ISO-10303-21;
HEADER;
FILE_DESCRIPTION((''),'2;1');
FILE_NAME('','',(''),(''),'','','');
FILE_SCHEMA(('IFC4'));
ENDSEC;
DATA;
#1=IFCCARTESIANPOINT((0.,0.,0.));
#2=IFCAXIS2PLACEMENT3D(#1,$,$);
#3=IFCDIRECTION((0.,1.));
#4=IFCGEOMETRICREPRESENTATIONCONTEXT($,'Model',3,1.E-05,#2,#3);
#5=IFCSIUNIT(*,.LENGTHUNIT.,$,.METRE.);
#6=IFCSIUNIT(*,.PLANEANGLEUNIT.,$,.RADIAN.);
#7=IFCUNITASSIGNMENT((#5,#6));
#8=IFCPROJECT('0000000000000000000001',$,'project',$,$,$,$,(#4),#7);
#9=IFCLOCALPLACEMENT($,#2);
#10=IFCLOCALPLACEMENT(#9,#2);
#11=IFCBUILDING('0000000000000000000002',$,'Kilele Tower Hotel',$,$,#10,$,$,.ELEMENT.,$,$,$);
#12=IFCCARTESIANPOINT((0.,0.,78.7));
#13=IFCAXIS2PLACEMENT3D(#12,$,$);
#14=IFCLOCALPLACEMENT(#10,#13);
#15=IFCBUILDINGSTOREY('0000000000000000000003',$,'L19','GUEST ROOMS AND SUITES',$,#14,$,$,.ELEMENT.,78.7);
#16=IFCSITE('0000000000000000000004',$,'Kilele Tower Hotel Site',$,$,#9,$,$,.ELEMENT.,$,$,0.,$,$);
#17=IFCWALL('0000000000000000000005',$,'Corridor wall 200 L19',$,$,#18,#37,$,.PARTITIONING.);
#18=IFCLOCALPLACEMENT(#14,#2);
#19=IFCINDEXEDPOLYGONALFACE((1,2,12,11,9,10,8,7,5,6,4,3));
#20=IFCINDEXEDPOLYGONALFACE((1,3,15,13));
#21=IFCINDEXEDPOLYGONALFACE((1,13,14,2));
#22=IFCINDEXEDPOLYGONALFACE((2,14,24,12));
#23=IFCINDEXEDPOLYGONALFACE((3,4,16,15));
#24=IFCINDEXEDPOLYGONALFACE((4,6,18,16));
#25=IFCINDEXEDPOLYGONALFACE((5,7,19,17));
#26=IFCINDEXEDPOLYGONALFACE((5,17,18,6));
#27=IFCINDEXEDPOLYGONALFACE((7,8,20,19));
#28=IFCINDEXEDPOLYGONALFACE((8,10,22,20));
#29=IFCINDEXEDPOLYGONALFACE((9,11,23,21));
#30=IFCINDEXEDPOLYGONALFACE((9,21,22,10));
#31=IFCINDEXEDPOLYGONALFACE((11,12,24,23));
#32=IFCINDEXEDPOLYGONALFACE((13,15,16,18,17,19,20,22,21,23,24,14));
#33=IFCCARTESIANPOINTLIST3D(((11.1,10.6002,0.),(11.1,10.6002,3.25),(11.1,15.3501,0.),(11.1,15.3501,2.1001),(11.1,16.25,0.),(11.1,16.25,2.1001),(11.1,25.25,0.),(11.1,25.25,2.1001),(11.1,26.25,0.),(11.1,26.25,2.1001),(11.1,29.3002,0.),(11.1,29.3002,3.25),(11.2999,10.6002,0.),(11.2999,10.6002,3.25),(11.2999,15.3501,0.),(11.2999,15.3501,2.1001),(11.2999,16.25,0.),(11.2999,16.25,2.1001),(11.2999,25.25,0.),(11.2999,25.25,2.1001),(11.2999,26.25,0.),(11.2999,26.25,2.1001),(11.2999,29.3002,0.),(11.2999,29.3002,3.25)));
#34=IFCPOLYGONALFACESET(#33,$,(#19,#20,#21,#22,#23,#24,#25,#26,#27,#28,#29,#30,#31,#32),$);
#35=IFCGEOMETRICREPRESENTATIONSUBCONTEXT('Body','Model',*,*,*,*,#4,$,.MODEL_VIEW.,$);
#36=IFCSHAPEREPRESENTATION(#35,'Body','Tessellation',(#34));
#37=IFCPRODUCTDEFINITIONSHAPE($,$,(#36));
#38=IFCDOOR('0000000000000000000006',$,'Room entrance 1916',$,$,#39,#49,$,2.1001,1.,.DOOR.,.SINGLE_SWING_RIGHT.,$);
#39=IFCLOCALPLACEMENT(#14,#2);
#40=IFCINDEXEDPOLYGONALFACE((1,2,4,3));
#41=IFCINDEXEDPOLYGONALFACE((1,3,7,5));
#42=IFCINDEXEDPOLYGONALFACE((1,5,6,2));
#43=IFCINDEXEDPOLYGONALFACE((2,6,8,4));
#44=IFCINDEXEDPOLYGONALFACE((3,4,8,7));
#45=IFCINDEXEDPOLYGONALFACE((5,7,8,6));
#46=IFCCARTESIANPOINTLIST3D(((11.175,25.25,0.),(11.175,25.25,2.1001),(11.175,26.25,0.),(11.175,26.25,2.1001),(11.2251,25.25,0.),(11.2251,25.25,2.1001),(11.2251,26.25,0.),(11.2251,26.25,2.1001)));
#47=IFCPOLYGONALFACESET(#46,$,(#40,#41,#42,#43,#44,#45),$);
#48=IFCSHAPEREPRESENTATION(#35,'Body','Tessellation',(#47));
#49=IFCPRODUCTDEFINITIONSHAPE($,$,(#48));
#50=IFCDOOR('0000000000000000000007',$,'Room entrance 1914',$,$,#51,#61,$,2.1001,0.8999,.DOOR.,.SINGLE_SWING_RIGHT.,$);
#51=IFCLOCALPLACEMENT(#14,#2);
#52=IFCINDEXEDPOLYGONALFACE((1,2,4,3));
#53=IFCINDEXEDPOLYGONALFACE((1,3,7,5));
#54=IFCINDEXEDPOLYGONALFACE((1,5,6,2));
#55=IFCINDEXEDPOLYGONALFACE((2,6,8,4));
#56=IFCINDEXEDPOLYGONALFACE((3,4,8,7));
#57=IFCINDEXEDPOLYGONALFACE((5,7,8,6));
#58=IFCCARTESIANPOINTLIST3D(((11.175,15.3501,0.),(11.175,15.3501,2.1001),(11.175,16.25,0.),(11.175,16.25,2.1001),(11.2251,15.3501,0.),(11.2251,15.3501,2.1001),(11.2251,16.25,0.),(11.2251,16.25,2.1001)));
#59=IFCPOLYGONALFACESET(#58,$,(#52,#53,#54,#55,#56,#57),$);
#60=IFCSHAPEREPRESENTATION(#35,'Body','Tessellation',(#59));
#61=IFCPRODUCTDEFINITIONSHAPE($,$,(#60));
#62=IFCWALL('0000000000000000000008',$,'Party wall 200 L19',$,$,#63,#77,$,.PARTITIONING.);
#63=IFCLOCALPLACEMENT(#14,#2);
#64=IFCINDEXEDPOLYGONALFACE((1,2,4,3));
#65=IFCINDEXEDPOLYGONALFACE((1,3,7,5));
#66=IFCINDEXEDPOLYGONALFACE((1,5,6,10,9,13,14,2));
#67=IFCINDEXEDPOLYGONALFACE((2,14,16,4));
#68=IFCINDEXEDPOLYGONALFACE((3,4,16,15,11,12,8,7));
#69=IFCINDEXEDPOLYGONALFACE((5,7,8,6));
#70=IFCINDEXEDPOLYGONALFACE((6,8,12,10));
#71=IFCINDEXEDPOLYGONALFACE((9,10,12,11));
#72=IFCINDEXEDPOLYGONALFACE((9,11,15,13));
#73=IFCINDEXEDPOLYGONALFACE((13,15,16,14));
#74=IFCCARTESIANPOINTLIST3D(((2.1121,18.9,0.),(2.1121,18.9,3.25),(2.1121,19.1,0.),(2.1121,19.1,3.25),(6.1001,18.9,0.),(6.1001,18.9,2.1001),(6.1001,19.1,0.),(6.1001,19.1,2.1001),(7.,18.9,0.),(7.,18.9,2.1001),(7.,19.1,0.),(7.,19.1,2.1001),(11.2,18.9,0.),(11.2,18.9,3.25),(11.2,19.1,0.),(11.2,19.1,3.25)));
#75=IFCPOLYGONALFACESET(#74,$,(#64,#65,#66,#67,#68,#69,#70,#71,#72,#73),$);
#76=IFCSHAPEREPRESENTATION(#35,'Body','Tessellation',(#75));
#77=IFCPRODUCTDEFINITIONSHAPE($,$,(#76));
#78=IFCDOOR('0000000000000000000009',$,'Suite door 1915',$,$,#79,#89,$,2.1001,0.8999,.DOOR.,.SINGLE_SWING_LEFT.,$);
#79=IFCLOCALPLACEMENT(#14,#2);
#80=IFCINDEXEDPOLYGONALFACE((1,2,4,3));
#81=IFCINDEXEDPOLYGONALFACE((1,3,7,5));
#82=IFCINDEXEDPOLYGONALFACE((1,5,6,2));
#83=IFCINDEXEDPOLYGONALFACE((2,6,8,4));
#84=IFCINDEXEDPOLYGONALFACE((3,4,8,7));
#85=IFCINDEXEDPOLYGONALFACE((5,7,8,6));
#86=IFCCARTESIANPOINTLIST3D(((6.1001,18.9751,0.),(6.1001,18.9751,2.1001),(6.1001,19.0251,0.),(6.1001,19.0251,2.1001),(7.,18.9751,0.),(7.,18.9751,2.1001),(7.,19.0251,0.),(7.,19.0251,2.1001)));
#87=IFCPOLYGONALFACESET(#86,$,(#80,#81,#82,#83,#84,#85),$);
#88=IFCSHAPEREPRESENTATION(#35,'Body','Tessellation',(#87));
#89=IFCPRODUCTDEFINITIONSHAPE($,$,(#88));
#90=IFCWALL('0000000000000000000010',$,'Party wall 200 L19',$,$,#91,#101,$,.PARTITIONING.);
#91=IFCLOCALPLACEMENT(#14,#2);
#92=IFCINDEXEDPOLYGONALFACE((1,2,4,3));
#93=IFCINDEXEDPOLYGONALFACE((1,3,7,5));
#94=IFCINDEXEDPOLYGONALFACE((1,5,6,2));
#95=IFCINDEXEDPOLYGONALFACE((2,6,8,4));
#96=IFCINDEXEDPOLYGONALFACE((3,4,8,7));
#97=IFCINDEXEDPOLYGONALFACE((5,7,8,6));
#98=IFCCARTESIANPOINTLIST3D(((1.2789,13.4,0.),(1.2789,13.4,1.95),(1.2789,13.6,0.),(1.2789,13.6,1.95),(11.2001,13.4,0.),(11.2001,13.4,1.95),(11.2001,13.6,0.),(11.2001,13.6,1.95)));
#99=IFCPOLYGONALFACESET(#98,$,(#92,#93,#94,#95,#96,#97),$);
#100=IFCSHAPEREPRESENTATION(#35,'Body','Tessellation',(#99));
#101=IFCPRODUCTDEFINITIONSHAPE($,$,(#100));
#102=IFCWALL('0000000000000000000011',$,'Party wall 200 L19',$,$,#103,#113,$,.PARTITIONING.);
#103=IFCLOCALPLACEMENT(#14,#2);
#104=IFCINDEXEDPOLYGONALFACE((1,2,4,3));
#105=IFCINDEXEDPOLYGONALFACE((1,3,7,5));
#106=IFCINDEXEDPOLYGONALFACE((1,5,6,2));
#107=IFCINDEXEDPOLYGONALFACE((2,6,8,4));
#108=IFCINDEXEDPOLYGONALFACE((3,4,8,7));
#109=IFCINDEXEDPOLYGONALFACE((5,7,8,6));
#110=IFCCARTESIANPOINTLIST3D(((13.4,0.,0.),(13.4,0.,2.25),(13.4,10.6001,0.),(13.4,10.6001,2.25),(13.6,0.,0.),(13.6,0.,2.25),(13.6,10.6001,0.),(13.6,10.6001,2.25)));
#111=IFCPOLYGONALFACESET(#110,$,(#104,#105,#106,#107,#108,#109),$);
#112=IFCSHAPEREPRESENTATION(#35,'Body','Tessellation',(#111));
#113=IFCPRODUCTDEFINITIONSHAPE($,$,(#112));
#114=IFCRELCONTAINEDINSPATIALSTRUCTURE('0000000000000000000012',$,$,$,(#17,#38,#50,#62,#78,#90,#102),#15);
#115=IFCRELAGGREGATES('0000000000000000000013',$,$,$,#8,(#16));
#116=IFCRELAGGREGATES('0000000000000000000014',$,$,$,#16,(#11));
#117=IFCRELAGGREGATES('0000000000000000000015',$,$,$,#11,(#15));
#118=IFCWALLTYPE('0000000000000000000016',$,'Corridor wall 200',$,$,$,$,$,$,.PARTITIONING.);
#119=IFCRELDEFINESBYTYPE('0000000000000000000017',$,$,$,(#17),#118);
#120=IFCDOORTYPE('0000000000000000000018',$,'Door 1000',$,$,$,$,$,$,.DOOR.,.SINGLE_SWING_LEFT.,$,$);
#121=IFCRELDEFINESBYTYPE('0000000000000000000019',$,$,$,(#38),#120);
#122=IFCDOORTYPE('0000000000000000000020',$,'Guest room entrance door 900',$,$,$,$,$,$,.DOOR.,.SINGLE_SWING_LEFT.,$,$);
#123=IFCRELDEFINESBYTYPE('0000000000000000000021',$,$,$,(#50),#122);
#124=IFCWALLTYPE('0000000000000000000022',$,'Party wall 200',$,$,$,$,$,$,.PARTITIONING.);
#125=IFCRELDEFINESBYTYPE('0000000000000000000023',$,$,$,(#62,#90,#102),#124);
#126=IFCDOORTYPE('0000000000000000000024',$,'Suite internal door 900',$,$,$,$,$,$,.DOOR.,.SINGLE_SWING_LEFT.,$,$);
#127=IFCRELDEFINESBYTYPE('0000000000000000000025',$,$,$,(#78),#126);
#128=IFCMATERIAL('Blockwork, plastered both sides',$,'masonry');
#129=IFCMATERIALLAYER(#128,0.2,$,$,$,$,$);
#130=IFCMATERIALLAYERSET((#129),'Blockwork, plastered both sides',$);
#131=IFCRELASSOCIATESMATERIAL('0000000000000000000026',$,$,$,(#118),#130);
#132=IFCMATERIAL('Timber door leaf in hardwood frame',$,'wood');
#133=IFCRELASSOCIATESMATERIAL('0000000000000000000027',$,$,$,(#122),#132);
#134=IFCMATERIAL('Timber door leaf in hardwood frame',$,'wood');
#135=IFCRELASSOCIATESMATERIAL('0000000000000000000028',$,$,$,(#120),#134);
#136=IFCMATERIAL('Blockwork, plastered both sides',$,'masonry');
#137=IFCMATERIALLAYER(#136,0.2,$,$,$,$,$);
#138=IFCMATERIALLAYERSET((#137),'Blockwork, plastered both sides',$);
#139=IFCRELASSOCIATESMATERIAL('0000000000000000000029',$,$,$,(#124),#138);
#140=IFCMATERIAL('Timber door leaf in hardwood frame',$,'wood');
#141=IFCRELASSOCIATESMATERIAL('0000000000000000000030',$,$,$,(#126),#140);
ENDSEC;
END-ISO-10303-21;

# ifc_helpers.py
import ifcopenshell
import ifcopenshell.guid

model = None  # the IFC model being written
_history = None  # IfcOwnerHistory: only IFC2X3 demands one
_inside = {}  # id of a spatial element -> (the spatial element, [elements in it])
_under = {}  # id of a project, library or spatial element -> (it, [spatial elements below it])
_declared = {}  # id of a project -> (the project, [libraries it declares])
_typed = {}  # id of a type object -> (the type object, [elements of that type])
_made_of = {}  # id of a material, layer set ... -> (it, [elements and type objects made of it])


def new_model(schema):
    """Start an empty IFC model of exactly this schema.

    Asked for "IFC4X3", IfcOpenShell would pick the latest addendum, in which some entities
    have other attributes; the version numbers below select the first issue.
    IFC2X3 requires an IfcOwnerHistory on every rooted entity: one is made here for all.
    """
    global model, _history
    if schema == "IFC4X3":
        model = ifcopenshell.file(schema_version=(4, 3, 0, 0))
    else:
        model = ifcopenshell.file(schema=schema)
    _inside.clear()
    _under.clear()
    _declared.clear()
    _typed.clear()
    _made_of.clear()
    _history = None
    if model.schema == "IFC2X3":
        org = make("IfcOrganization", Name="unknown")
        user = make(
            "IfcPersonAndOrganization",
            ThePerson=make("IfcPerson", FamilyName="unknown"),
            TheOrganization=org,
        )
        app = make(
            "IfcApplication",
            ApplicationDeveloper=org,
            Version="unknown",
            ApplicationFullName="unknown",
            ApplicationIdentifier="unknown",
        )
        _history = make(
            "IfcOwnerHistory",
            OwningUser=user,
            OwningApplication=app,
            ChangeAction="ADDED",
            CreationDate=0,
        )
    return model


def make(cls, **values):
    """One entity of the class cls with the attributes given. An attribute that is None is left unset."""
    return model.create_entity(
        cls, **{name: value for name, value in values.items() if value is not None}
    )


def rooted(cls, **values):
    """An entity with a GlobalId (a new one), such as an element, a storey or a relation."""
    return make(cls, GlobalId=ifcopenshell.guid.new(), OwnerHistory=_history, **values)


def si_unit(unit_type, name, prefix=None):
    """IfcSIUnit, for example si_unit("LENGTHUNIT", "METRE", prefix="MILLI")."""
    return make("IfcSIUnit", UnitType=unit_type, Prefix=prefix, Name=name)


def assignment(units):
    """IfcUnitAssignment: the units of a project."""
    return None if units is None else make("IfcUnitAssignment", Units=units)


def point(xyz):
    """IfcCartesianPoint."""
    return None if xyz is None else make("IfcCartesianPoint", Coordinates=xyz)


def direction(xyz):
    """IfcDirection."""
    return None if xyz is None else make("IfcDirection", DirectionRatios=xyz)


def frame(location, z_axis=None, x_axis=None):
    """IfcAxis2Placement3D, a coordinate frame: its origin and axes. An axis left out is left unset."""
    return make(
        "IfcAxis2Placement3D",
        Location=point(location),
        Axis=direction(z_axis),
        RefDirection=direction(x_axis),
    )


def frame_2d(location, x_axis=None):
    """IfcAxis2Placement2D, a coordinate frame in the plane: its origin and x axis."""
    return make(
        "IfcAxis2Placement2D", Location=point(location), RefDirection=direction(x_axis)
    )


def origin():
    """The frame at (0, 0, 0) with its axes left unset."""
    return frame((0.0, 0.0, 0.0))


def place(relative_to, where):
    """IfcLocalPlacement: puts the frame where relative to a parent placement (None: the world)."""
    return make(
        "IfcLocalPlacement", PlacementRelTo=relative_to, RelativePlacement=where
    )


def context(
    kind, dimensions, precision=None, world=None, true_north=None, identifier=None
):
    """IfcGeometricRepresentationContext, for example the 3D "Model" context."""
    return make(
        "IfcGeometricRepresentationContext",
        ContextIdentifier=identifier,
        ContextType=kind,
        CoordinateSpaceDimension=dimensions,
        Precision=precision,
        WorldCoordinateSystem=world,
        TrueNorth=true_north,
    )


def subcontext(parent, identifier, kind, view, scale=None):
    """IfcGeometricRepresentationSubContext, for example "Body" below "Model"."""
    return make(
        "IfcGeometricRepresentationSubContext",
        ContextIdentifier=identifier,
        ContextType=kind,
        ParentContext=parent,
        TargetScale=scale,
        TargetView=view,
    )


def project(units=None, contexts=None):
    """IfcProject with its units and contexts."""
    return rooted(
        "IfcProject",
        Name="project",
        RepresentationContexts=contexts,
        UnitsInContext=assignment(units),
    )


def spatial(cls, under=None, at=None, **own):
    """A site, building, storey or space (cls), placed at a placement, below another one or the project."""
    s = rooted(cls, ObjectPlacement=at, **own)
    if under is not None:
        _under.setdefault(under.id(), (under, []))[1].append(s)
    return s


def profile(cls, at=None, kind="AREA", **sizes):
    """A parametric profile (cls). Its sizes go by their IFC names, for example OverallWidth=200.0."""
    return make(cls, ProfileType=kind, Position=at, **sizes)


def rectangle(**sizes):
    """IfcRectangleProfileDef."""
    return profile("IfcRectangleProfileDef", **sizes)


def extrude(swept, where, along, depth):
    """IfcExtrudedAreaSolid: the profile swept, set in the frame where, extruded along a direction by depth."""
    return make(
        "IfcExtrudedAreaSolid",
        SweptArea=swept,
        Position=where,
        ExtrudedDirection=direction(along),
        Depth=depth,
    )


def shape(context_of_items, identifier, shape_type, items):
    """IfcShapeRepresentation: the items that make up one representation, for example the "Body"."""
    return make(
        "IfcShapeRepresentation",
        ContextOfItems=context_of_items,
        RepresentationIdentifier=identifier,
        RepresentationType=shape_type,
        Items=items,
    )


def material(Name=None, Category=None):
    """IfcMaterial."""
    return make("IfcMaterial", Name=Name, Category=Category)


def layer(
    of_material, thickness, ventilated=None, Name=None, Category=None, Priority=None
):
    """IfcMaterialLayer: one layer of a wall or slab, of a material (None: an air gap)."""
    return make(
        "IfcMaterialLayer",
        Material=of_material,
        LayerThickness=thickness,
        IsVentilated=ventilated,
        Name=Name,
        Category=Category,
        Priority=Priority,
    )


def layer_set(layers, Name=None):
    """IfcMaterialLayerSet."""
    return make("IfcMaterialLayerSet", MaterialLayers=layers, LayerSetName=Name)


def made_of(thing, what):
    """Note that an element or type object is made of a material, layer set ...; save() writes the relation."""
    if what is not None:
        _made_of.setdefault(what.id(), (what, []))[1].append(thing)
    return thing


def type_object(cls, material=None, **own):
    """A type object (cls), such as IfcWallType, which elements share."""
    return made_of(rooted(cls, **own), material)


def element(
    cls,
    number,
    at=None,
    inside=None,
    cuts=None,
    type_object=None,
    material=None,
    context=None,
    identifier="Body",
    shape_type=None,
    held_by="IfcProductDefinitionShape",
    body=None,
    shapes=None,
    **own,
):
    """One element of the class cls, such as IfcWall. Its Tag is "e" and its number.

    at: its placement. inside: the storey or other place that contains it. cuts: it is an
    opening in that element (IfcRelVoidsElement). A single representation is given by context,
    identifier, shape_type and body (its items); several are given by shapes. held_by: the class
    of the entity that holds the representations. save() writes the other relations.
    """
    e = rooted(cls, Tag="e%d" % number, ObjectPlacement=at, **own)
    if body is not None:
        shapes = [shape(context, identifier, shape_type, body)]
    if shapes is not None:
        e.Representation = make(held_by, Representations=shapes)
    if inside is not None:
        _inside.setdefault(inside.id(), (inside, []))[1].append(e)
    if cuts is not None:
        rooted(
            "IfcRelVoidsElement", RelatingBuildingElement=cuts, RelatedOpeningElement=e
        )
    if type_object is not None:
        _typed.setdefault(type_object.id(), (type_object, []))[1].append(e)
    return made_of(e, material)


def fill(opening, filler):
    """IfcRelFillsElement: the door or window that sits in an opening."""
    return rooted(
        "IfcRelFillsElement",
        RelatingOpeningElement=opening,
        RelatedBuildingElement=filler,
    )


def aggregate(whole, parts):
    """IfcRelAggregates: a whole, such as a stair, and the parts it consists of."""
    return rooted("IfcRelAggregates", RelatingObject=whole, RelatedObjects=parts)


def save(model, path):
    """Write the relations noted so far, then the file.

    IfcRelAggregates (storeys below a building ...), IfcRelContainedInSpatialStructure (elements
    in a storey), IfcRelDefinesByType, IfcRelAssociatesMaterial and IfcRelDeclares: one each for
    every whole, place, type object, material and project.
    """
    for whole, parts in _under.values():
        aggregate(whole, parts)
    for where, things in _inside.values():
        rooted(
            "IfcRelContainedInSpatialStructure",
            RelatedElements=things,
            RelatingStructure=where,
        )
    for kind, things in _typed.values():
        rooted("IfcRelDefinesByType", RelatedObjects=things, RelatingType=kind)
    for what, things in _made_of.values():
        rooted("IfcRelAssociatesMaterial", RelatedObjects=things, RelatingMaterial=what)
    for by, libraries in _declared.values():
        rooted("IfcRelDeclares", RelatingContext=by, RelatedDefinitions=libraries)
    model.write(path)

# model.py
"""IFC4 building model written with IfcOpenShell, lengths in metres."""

from ifc_helpers import new_model, si_unit, direction, frame, frame_2d, origin, place, context, subcontext, project, spatial, rectangle, extrude, material, layer, layer_set, type_object, element, fill, save


model = new_model("IFC4")

# Units and contexts
model_context = context("Model", 3, precision=1e-05, world=origin(), true_north=direction((0.0, 1.0)))
body_context = subcontext(model_context, "Body", "Model", "MODEL_VIEW")
ifc_project = project(units=[si_unit("LENGTHUNIT", "METRE"), si_unit("PLANEANGLEUNIT", "RADIAN")], contexts=[model_context])

# Site, building, storey
site_placement = place(None, origin())
site = spatial("IfcSite", under=ifc_project, at=site_placement, Name="Kilele Tower Hotel Site", CompositionType="ELEMENT", RefElevation=0.0)
building_placement = place(site_placement, origin())
building = spatial("IfcBuilding", under=site, at=building_placement, Name="Kilele Tower Hotel", CompositionType="ELEMENT")
storey_placement = place(building_placement, frame((0.0, 0.0, 78.7)))
storey = spatial("IfcBuildingStorey", under=building, at=storey_placement, Name="L19", Description="GUEST ROOMS AND SUITES", CompositionType="ELEMENT", Elevation=78.7)

# Wall, openings, doors
ifc_material_1 = material(Name="Blockwork, plastered both sides", Category="masonry")
ifc_layer_1 = layer(ifc_material_1, 0.2)
ifc_layer_set_1 = layer_set([ifc_layer_1], Name="Blockwork, plastered both sides")
wall_type_1 = type_object("IfcWallType", Name="Corridor wall 200", PredefinedType="PARTITIONING", material=ifc_layer_set_1)
ifc_material_2 = material(Name="Timber door leaf in hardwood frame", Category="wood")
door_type_1 = type_object("IfcDoorType", Name="Guest room entrance door 900", OperationType="SINGLE_SWING_LEFT", PredefinedType="DOOR", material=ifc_material_2)
wall_1_placement = place(storey_placement, frame((11.2, 10.6001, 0.0), z_axis=(0.0, 0.0, 1.0), x_axis=(0.0, 1.0, 0.0)))
wall_1 = element("IfcWall", 1, at=wall_1_placement, inside=storey, type_object=wall_type_1, Name="Corridor wall 200 L19", PredefinedType="PARTITIONING", context=body_context, shape_type="SweptSolid", body=[
    extrude(rectangle(XDim=18.7, YDim=0.2, at=frame_2d((9.3501, 0.0))), origin(), (0.0, 0.0, 1.0), 3.25),
])
opening_1_placement = place(wall_1_placement, frame((4.75, 0.0, 0.0)))
opening_1 = element("IfcOpeningElement", 2, at=opening_1_placement, cuts=wall_1, PredefinedType="OPENING", context=body_context, shape_type="SweptSolid", body=[
    extrude(rectangle(XDim=0.8999, YDim=2.1001, at=frame_2d((0.45, 1.05))), frame((0.0, 0.1099, 0.0), z_axis=(0.0, -1.0, 0.0), x_axis=(1.0, 0.0, 0.0)), (0.0, 0.0, 1.0), 0.22),
])
opening_2_placement = place(wall_1_placement, frame((14.6499, 0.0, 0.0)))
opening_2 = element("IfcOpeningElement", 3, at=opening_2_placement, cuts=wall_1, PredefinedType="OPENING", context=body_context, shape_type="SweptSolid", body=[
    extrude(rectangle(XDim=1.0, YDim=2.1001, at=frame_2d((0.5, 1.05))), frame((0.0, 0.1099, 0.0), z_axis=(0.0, -1.0, 0.0), x_axis=(1.0, 0.0, 0.0)), (0.0, 0.0, 1.0), 0.22),
])
ifc_material_3 = material(Name="Timber door leaf in hardwood frame", Category="wood")
door_type_2 = type_object("IfcDoorType", Name="Door 1000", OperationType="SINGLE_SWING_LEFT", PredefinedType="DOOR", material=ifc_material_3)
door_1_placement = place(opening_2_placement, origin())
door_1 = element("IfcDoor", 4, at=door_1_placement, inside=storey, type_object=door_type_2, Name="Room entrance 1916", OperationType="SINGLE_SWING_RIGHT", OverallHeight=2.1001, OverallWidth=1.0, PredefinedType="DOOR", context=body_context, shape_type="SweptSolid", body=[
    extrude(rectangle(XDim=1.0, YDim=2.1001, at=frame_2d((0.5, 1.05))), frame((0.0, 0.0249, 0.0), z_axis=(0.0, -1.0, 0.0), x_axis=(1.0, 0.0, 0.0)), (0.0, 0.0, 1.0), 0.05),
])
fill(opening_2, door_1)
door_2_placement = place(opening_1_placement, origin())
door_2 = element("IfcDoor", 5, at=door_2_placement, inside=storey, type_object=door_type_1, Name="Room entrance 1914", OperationType="SINGLE_SWING_RIGHT", OverallHeight=2.1001, OverallWidth=0.8999, PredefinedType="DOOR", context=body_context, shape_type="SweptSolid", body=[
    extrude(rectangle(XDim=0.8999, YDim=2.1001, at=frame_2d((0.45, 1.05))), frame((0.0, 0.0249, 0.0), z_axis=(0.0, -1.0, 0.0), x_axis=(1.0, 0.0, 0.0)), (0.0, 0.0, 1.0), 0.05),
])
fill(opening_1, door_2)

# Wall, opening, door
ifc_material_4 = material(Name="Blockwork, plastered both sides", Category="masonry")
ifc_layer_2 = layer(ifc_material_4, 0.2)
ifc_layer_set_2 = layer_set([ifc_layer_2], Name="Blockwork, plastered both sides")
wall_type_2 = type_object("IfcWallType", Name="Party wall 200", PredefinedType="PARTITIONING", material=ifc_layer_set_2)
wall_2_placement = place(storey_placement, frame((11.2, 19.0, 0.0), z_axis=(0.0, 0.0, 1.0), x_axis=(-1.0, 0.0, 0.0)))
wall_2 = element("IfcWall", 6, at=wall_2_placement, inside=storey, type_object=wall_type_2, Name="Party wall 200 L19", PredefinedType="PARTITIONING", context=body_context, shape_type="SweptSolid", body=[
    extrude(rectangle(XDim=9.0879, YDim=0.2, at=frame_2d((4.5439, 0.0))), origin(), (0.0, 0.0, 1.0), 3.25),
])
opening_3_placement = place(wall_2_placement, frame((4.2, 0.0, 0.0)))
opening_3 = element("IfcOpeningElement", 7, at=opening_3_placement, cuts=wall_2, PredefinedType="OPENING", context=body_context, shape_type="SweptSolid", body=[
    extrude(rectangle(XDim=0.8999, YDim=2.1001, at=frame_2d((0.45, 1.05))), frame((0.0, 0.1099, 0.0), z_axis=(0.0, -1.0, 0.0), x_axis=(1.0, 0.0, 0.0)), (0.0, 0.0, 1.0), 0.22),
])
ifc_material_5 = material(Name="Timber door leaf in hardwood frame", Category="wood")
door_type_3 = type_object("IfcDoorType", Name="Suite internal door 900", OperationType="SINGLE_SWING_LEFT", PredefinedType="DOOR", material=ifc_material_5)
door_3_placement = place(opening_3_placement, origin())
door_3 = element("IfcDoor", 8, at=door_3_placement, inside=storey, type_object=door_type_3, Name="Suite door 1915", OperationType="SINGLE_SWING_LEFT", OverallHeight=2.1001, OverallWidth=0.8999, PredefinedType="DOOR", context=body_context, shape_type="SweptSolid", body=[
    extrude(rectangle(XDim=0.8999, YDim=2.1001, at=frame_2d((0.45, 1.05))), frame((0.0, 0.0249, 0.0), z_axis=(0.0, -1.0, 0.0), x_axis=(1.0, 0.0, 0.0)), (0.0, 0.0, 1.0), 0.05),
])
fill(opening_3, door_3)

# Walls
wall_3_placement = place(storey_placement, frame((11.2, 13.5, 0.0), z_axis=(0.0, 0.0, 1.0), x_axis=(-1.0, 0.0, 0.0)))
element("IfcWall", 9, at=wall_3_placement, inside=storey, type_object=wall_type_2, Name="Party wall 200 L19", PredefinedType="PARTITIONING", context=body_context, shape_type="SweptSolid", body=[
    extrude(rectangle(XDim=9.9211, YDim=0.2, at=frame_2d((4.9604, 0.0))), origin(), (0.0, 0.0, 1.0), 1.95),
])
wall_4_placement = place(storey_placement, frame((13.5, 10.6001, 0.0), z_axis=(0.0, 0.0, 1.0), x_axis=(0.0, -1.0, 0.0)))
element("IfcWall", 10, at=wall_4_placement, inside=storey, type_object=wall_type_2, Name="Party wall 200 L19", PredefinedType="PARTITIONING", context=body_context, shape_type="SweptSolid", body=[
    extrude(rectangle(XDim=10.6001, YDim=0.2, at=frame_2d((5.3, 0.0))), origin(), (0.0, 0.0, 1.0), 2.25),
])

save(model, "model.ifc")
